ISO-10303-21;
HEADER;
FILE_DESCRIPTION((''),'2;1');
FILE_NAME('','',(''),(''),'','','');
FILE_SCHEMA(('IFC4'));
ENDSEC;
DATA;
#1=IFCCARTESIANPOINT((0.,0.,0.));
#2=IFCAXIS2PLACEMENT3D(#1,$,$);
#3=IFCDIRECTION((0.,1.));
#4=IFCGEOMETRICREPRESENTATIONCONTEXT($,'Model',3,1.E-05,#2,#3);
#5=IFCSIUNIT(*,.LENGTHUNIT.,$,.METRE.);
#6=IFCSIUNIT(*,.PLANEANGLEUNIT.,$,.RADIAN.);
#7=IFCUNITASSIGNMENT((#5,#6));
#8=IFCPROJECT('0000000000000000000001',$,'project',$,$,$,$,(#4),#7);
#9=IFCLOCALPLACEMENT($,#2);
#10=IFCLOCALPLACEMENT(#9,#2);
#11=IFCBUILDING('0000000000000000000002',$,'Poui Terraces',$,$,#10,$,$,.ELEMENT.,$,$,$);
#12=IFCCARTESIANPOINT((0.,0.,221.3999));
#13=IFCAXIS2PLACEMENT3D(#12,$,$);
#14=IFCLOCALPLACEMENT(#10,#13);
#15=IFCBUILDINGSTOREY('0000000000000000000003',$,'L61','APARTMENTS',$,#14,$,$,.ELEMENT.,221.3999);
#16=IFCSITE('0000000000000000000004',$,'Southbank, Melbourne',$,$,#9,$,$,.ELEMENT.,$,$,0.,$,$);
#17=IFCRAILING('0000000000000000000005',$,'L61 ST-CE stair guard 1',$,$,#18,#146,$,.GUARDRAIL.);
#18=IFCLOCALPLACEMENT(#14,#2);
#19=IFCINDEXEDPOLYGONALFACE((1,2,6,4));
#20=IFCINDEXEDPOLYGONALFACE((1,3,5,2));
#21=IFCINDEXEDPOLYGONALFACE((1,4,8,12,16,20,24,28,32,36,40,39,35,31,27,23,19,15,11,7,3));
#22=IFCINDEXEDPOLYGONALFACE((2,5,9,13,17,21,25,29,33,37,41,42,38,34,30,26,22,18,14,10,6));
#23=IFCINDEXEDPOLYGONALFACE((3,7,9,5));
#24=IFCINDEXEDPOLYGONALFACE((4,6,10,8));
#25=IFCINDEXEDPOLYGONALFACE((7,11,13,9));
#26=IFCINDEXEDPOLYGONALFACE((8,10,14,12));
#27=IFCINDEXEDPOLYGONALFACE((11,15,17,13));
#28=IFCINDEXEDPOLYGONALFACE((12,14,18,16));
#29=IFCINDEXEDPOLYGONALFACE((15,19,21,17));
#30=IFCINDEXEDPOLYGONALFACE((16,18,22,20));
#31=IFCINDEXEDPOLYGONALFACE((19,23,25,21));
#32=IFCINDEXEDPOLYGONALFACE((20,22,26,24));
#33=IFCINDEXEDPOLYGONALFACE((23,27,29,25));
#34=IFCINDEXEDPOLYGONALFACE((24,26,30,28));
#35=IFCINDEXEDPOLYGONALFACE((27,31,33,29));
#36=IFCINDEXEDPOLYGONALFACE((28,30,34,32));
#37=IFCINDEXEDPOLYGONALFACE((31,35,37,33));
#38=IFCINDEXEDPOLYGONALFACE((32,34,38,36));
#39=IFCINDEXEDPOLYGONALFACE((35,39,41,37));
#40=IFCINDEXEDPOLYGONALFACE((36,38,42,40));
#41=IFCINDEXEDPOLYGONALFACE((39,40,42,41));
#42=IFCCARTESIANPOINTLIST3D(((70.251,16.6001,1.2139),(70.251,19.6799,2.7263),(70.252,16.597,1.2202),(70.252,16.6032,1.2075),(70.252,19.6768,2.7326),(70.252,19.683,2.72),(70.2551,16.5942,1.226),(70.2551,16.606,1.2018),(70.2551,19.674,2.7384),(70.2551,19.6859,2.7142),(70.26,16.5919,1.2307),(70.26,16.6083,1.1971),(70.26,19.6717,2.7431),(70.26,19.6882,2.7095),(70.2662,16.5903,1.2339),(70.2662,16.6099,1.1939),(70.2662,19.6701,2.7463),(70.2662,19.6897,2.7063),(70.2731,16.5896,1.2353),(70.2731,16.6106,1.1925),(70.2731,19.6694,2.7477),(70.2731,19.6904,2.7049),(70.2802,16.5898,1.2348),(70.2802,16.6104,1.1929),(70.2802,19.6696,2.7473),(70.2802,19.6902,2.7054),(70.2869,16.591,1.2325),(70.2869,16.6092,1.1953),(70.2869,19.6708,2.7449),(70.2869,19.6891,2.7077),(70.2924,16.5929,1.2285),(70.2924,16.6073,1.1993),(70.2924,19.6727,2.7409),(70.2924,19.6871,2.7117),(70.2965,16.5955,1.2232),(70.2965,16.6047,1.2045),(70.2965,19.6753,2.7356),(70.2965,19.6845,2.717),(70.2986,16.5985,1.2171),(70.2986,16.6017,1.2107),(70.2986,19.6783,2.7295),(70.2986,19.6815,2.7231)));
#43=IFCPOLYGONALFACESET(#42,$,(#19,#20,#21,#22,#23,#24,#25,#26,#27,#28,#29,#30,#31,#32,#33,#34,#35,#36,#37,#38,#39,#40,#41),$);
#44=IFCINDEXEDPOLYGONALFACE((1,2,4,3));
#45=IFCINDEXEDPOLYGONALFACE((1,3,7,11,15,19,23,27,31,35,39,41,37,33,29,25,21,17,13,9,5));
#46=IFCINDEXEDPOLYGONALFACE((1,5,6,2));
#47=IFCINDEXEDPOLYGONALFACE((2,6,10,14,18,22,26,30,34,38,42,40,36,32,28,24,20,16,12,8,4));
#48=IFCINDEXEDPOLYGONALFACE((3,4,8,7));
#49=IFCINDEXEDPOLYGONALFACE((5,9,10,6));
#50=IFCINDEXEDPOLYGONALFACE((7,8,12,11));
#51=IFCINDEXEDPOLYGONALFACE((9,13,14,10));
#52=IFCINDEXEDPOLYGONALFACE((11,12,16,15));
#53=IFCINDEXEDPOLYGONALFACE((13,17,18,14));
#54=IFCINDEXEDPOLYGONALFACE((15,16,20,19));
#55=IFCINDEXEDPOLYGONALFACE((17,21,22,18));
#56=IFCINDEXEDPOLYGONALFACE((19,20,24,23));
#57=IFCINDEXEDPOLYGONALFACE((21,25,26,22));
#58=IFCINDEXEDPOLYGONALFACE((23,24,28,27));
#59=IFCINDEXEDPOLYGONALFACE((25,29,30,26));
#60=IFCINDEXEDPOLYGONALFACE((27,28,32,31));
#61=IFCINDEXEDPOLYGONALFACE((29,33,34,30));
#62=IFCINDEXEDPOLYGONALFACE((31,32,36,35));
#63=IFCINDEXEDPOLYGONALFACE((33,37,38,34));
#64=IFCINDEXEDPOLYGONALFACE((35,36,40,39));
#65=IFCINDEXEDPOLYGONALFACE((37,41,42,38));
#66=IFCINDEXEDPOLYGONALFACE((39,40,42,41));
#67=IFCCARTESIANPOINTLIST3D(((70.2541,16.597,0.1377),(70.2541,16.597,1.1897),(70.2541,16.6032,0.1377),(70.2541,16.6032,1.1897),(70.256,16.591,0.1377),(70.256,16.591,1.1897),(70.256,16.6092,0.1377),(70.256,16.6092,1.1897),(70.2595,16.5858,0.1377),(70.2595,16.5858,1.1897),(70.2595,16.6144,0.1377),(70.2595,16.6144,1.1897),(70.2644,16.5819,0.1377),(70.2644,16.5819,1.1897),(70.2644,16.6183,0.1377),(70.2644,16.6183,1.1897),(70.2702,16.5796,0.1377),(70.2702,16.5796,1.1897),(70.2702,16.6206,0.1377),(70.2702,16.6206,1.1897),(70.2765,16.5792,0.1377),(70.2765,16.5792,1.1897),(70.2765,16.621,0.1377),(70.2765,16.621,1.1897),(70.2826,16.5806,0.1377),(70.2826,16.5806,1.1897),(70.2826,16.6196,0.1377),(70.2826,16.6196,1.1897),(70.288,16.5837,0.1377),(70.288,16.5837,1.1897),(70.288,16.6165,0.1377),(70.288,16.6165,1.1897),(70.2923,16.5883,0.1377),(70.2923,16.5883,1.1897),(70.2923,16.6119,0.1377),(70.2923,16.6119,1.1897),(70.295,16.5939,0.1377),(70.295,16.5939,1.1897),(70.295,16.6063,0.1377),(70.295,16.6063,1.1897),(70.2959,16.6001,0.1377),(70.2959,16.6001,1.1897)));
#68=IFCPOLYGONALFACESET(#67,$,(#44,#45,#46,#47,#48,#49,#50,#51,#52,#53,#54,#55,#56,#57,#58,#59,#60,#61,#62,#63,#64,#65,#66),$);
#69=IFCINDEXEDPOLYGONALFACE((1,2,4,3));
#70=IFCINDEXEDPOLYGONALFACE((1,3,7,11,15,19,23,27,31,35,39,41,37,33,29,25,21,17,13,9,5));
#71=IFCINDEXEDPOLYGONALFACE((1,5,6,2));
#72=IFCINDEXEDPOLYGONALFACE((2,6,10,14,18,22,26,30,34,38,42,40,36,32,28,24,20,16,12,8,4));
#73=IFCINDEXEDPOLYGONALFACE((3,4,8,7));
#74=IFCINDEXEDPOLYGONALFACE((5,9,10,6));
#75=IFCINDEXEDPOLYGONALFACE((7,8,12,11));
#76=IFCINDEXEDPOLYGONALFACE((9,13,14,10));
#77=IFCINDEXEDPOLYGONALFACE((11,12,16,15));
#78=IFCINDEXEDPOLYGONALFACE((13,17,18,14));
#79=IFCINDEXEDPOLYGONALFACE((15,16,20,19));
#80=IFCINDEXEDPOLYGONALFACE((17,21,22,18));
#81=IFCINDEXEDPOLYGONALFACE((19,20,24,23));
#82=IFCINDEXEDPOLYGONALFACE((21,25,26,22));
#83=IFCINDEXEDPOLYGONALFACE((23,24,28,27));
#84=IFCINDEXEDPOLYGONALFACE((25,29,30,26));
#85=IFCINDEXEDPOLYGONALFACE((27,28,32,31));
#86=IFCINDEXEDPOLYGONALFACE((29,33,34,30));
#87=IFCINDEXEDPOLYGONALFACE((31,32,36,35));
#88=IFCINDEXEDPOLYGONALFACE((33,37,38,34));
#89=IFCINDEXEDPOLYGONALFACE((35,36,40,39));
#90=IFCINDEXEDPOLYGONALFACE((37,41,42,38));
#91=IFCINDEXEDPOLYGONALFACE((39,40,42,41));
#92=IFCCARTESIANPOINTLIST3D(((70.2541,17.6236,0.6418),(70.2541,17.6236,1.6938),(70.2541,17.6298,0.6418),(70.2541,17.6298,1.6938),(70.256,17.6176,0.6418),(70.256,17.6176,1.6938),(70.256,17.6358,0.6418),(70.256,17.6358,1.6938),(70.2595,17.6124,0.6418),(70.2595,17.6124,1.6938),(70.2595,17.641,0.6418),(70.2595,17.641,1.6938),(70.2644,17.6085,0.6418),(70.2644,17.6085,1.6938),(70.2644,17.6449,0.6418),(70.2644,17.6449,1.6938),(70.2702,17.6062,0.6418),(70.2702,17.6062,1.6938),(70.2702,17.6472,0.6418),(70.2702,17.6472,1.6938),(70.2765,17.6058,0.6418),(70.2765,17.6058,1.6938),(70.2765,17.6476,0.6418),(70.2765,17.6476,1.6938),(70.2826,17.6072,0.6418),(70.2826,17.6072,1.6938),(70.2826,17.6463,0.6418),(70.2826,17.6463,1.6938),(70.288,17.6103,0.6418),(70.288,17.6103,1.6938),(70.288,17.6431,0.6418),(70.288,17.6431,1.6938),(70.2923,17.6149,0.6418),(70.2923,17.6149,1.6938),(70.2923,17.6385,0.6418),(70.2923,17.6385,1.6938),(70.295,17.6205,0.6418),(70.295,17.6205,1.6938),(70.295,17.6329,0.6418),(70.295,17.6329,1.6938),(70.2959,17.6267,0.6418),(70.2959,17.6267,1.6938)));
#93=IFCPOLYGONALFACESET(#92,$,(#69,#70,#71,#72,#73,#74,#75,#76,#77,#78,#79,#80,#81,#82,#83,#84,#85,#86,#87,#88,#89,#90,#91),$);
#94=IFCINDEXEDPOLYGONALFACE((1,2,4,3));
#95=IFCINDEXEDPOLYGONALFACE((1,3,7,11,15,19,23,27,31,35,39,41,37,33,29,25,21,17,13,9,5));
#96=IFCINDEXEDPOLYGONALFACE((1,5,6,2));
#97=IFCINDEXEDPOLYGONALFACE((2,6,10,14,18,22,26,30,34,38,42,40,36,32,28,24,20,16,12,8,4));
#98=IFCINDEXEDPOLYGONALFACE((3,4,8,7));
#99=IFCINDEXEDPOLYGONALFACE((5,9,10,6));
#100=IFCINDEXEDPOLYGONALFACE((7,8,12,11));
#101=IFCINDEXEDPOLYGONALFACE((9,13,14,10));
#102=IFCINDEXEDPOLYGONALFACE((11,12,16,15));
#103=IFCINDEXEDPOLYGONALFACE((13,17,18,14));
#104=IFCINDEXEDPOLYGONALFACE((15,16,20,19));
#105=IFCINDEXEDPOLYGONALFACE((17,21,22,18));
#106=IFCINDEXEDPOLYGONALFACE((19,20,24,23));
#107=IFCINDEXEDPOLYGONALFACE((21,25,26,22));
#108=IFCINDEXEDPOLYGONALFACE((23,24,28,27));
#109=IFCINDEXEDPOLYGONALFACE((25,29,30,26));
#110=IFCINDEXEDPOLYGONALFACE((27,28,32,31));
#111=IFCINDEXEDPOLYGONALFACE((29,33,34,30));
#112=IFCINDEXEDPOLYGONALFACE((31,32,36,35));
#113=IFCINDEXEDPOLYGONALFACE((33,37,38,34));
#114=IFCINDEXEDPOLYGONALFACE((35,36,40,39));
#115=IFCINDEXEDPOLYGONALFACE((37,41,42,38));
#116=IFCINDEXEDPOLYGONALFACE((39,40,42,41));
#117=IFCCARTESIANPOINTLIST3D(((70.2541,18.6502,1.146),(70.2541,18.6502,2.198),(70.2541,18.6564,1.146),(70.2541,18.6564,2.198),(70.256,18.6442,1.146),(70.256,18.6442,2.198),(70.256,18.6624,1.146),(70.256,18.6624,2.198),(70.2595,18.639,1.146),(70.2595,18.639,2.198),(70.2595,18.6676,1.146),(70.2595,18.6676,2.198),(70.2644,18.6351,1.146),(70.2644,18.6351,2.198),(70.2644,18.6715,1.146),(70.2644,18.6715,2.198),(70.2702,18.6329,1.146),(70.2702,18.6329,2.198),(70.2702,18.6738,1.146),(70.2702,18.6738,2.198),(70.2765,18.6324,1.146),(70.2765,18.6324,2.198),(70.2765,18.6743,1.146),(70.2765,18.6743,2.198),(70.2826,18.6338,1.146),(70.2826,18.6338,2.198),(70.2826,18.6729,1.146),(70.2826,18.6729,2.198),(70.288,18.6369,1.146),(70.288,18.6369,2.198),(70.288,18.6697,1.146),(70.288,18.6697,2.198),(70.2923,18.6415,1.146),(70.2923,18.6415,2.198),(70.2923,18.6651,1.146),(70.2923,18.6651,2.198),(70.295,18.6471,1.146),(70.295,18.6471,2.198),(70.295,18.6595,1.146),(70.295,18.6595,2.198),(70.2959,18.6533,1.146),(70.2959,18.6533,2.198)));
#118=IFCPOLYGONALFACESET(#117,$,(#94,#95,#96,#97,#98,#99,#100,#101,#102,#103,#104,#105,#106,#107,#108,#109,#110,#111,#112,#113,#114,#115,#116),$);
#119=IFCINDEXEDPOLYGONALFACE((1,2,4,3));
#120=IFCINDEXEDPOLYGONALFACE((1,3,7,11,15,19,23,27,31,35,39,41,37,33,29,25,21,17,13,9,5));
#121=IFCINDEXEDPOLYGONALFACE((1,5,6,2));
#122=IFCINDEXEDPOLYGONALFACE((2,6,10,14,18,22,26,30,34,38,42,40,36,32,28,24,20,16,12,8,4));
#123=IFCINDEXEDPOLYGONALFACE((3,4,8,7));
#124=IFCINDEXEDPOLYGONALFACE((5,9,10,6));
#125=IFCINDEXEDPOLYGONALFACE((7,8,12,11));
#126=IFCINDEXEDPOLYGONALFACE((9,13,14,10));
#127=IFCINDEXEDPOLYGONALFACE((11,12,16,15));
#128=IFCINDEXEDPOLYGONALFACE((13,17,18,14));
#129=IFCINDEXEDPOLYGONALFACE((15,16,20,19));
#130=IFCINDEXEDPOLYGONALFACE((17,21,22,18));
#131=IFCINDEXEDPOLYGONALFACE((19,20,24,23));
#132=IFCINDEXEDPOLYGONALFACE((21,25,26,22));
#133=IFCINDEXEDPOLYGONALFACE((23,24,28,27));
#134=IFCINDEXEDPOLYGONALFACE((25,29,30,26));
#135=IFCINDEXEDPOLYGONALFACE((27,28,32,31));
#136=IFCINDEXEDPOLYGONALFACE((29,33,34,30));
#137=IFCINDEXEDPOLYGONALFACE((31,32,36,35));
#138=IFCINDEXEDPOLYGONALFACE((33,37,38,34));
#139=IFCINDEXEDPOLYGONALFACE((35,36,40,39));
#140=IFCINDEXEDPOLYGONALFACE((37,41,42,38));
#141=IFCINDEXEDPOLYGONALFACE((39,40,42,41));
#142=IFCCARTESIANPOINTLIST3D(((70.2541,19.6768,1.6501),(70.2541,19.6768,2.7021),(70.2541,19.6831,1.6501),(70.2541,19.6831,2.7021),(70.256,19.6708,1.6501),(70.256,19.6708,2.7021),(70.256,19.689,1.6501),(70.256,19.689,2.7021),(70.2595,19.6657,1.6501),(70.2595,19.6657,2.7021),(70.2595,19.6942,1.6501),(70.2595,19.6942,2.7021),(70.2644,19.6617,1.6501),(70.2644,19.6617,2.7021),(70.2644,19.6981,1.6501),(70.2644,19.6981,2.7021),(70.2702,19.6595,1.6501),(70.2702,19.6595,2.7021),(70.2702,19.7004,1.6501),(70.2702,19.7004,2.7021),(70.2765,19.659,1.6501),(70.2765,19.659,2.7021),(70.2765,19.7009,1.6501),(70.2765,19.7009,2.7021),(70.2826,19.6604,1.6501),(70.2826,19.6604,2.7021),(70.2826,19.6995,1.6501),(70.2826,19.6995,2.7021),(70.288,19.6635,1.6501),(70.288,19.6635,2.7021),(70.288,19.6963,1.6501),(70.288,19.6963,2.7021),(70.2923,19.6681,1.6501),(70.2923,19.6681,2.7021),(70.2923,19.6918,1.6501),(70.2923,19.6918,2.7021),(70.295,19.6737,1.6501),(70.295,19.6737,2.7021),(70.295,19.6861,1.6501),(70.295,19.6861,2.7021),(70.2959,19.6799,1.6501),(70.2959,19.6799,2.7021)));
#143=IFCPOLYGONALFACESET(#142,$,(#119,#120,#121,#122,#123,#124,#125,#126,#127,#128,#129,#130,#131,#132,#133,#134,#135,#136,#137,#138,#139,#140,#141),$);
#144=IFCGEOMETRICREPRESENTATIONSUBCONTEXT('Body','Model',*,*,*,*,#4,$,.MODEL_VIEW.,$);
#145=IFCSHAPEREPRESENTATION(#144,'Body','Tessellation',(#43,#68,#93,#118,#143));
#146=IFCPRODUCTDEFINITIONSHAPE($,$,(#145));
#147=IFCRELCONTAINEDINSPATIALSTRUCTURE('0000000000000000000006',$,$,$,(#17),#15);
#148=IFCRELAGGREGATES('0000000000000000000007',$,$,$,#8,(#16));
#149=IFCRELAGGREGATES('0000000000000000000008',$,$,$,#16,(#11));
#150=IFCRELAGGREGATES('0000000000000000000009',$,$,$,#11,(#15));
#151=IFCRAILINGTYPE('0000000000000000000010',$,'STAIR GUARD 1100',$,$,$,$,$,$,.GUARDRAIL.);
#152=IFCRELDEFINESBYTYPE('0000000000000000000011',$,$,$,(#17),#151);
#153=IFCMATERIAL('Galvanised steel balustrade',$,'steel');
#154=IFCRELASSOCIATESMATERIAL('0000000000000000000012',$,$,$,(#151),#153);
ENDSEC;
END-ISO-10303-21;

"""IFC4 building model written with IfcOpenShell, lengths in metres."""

from ifc_helpers import new_model, si_unit, direction, frame, origin, origin_2d, place, context, subcontext, project, spatial, circle, extrude, material, type_object, element, save


model = new_model("IFC4")

# Units and contexts
model_context = context("Model", 3, precision=1e-05, world=origin(), true_north=direction((0.0, 1.0)))
body_context = subcontext(model_context, "Body", "Model", "MODEL_VIEW")
ifc_project = project(units=[si_unit("LENGTHUNIT", "METRE"), si_unit("PLANEANGLEUNIT", "RADIAN")], contexts=[model_context])

# Site, building, storey
site_placement = place(None, origin())
site = spatial("IfcSite", under=ifc_project, at=site_placement, Name="Southbank, Melbourne", CompositionType="ELEMENT", RefElevation=0.0)
building_placement = place(site_placement, origin())
building = spatial("IfcBuilding", under=site, at=building_placement, Name="Poui Terraces", CompositionType="ELEMENT")
storey_placement = place(building_placement, frame((0.0, 0.0, 221.3999)))
storey = spatial("IfcBuildingStorey", under=building, at=storey_placement, Name="L61", Description="APARTMENTS", CompositionType="ELEMENT", Elevation=221.3999)

# Railing
ifc_material_1 = material(Name="Galvanised steel balustrade", Category="steel")
railing_type_1 = type_object("IfcRailingType", Name="STAIR GUARD 1100", PredefinedType="GUARDRAIL", material=ifc_material_1)
railing_1_placement = place(storey_placement, frame((70.2749, 16.6001, 0.1377)))
element("IfcRailing", 1, at=railing_1_placement, inside=storey, type_object=railing_type_1, Name="L61 ST-CE stair guard 1", PredefinedType="GUARDRAIL", context=body_context, shape_type="SweptSolid", body=[
    extrude(circle(Radius=0.0239, at=origin_2d()), frame((0.0, 0.0, 1.0762), z_axis=(0.0, 0.897606, 0.440798), x_axis=(-1.0, 0.0, 0.0)), (0.0, 0.0, 1.0), 3.4312),
    extrude(circle(Radius=0.021, at=origin_2d()), origin(), (0.0, 0.0, 1.0), 1.052),
    extrude(circle(Radius=0.021, at=origin_2d()), frame((0.0, 1.0266, 0.5042)), (0.0, 0.0, 1.0), 1.052),
    extrude(circle(Radius=0.021, at=origin_2d()), frame((0.0, 2.0532, 1.0083)), (0.0, 0.0, 1.0), 1.052),
    extrude(circle(Radius=0.021, at=origin_2d()), frame((0.0, 3.0798, 1.5125)), (0.0, 0.0, 1.0), 1.052),
])

save(model, "model.ifc")
